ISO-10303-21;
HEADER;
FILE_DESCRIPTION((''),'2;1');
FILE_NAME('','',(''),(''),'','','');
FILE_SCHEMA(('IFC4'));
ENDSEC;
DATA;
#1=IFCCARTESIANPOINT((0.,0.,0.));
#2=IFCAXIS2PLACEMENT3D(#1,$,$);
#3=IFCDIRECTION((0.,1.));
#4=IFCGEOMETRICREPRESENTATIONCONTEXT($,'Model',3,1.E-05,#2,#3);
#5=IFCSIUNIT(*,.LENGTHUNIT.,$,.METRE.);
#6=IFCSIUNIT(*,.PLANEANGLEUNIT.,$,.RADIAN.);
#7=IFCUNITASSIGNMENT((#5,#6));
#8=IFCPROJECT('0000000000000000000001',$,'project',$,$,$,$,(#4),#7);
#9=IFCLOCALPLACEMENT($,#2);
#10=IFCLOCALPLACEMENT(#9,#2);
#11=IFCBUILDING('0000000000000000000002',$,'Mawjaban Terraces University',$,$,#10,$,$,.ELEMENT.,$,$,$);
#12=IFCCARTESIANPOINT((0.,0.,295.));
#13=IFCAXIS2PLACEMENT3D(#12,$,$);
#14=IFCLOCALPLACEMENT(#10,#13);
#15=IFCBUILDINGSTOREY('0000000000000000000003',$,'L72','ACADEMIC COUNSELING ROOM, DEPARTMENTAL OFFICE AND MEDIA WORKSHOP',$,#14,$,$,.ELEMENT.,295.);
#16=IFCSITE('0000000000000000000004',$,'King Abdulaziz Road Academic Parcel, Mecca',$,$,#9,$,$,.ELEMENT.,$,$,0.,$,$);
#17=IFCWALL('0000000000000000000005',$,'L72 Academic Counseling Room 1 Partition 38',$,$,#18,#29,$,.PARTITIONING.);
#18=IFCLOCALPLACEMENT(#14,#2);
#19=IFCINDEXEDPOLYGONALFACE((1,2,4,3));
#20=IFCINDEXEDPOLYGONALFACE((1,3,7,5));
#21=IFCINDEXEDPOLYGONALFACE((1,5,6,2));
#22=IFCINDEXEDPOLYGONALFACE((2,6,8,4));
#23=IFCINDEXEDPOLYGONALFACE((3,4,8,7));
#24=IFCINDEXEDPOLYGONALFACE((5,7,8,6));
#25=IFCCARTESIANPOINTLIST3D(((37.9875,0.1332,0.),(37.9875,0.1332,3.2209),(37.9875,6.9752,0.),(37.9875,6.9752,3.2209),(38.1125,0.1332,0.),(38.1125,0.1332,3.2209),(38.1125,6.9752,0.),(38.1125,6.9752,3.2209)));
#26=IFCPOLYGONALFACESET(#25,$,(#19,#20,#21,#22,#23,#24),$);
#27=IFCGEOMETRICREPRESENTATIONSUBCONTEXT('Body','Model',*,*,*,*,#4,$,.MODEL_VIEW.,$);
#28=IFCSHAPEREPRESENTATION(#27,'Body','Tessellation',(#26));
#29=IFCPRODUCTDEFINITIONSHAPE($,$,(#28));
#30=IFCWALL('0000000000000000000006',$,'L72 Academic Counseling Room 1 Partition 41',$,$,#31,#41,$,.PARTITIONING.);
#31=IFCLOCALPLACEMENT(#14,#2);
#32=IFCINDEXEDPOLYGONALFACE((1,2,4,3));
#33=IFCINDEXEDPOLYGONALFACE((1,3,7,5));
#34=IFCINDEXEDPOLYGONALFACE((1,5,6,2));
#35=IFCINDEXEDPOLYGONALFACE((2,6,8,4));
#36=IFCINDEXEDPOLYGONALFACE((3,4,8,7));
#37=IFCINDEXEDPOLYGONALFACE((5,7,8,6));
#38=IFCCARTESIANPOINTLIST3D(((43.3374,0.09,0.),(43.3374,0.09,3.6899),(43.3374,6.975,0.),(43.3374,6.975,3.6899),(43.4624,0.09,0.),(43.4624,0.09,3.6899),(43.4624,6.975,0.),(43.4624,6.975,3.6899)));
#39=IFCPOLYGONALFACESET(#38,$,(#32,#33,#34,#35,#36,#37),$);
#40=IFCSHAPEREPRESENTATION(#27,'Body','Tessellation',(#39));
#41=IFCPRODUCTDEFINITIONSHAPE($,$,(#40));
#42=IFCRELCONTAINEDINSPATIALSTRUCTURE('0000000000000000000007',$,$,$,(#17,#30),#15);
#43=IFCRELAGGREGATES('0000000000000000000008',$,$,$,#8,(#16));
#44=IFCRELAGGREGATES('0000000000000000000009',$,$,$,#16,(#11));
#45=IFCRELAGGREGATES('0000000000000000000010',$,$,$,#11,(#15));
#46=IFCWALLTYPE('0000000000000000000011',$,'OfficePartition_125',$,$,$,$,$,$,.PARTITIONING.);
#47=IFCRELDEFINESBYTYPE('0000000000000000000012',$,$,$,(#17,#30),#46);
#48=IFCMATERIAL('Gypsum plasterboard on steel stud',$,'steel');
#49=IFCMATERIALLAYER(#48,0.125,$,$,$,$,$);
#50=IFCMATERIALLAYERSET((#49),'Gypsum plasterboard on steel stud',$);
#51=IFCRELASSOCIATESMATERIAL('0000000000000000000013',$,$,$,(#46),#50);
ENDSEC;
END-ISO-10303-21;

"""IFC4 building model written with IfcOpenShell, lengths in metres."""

from ifc_helpers import new_model, si_unit, direction, frame, frame_2d, origin, place, context, subcontext, project, spatial, rectangle, extrude, material, layer, layer_set, type_object, element, save


model = new_model("IFC4")

# Units and contexts
model_context = context("Model", 3, precision=1e-05, world=origin(), true_north=direction((0.0, 1.0)))
body_context = subcontext(model_context, "Body", "Model", "MODEL_VIEW")
ifc_project = project(units=[si_unit("LENGTHUNIT", "METRE"), si_unit("PLANEANGLEUNIT", "RADIAN")], contexts=[model_context])

# Site, building, storey
site_placement = place(None, origin())
site = spatial("IfcSite", under=ifc_project, at=site_placement, Name="King Abdulaziz Road Academic Parcel, Mecca", CompositionType="ELEMENT", RefElevation=0.0)
building_placement = place(site_placement, origin())
building = spatial("IfcBuilding", under=site, at=building_placement, Name="Mawjaban Terraces University", CompositionType="ELEMENT")
storey_placement = place(building_placement, frame((0.0, 0.0, 295.0)))
storey = spatial("IfcBuildingStorey", under=building, at=storey_placement, Name="L72", Description="ACADEMIC COUNSELING ROOM, DEPARTMENTAL OFFICE AND MEDIA WORKSHOP", CompositionType="ELEMENT", Elevation=295.0)

# Walls
ifc_material_1 = material(Name="Gypsum plasterboard on steel stud", Category="steel")
ifc_layer_1 = layer(ifc_material_1, 0.125)
ifc_layer_set_1 = layer_set([ifc_layer_1], Name="Gypsum plasterboard on steel stud")
wall_type_1 = type_object("IfcWallType", Name="OfficePartition_125", PredefinedType="PARTITIONING", material=ifc_layer_set_1)
wall_1_placement = place(storey_placement, frame((38.05, 6.9751, 0.0), z_axis=(0.0, 0.0, 1.0), x_axis=(0.0, -1.0, 0.0)))
element("IfcWall", 1, at=wall_1_placement, inside=storey, type_object=wall_type_1, Name="L72 Academic Counseling Room 1 Partition 38", PredefinedType="PARTITIONING", context=body_context, shape_type="SweptSolid", body=[
    extrude(rectangle(XDim=6.842, YDim=0.125, at=frame_2d((3.4209, 0.0))), origin(), (0.0, 0.0, 1.0), 3.2209),
])
wall_2_placement = place(storey_placement, frame((43.3999, 0.0901, 0.0), z_axis=(0.0, 0.0, 1.0), x_axis=(0.0, 1.0, 0.0)))
element("IfcWall", 2, at=wall_2_placement, inside=storey, type_object=wall_type_1, Name="L72 Academic Counseling Room 1 Partition 41", PredefinedType="PARTITIONING", context=body_context, shape_type="SweptSolid", body=[
    extrude(rectangle(XDim=6.885, YDim=0.125, at=frame_2d((3.4424, 0.0))), origin(), (0.0, 0.0, 1.0), 3.6899),
])

save(model, "model.ifc")
